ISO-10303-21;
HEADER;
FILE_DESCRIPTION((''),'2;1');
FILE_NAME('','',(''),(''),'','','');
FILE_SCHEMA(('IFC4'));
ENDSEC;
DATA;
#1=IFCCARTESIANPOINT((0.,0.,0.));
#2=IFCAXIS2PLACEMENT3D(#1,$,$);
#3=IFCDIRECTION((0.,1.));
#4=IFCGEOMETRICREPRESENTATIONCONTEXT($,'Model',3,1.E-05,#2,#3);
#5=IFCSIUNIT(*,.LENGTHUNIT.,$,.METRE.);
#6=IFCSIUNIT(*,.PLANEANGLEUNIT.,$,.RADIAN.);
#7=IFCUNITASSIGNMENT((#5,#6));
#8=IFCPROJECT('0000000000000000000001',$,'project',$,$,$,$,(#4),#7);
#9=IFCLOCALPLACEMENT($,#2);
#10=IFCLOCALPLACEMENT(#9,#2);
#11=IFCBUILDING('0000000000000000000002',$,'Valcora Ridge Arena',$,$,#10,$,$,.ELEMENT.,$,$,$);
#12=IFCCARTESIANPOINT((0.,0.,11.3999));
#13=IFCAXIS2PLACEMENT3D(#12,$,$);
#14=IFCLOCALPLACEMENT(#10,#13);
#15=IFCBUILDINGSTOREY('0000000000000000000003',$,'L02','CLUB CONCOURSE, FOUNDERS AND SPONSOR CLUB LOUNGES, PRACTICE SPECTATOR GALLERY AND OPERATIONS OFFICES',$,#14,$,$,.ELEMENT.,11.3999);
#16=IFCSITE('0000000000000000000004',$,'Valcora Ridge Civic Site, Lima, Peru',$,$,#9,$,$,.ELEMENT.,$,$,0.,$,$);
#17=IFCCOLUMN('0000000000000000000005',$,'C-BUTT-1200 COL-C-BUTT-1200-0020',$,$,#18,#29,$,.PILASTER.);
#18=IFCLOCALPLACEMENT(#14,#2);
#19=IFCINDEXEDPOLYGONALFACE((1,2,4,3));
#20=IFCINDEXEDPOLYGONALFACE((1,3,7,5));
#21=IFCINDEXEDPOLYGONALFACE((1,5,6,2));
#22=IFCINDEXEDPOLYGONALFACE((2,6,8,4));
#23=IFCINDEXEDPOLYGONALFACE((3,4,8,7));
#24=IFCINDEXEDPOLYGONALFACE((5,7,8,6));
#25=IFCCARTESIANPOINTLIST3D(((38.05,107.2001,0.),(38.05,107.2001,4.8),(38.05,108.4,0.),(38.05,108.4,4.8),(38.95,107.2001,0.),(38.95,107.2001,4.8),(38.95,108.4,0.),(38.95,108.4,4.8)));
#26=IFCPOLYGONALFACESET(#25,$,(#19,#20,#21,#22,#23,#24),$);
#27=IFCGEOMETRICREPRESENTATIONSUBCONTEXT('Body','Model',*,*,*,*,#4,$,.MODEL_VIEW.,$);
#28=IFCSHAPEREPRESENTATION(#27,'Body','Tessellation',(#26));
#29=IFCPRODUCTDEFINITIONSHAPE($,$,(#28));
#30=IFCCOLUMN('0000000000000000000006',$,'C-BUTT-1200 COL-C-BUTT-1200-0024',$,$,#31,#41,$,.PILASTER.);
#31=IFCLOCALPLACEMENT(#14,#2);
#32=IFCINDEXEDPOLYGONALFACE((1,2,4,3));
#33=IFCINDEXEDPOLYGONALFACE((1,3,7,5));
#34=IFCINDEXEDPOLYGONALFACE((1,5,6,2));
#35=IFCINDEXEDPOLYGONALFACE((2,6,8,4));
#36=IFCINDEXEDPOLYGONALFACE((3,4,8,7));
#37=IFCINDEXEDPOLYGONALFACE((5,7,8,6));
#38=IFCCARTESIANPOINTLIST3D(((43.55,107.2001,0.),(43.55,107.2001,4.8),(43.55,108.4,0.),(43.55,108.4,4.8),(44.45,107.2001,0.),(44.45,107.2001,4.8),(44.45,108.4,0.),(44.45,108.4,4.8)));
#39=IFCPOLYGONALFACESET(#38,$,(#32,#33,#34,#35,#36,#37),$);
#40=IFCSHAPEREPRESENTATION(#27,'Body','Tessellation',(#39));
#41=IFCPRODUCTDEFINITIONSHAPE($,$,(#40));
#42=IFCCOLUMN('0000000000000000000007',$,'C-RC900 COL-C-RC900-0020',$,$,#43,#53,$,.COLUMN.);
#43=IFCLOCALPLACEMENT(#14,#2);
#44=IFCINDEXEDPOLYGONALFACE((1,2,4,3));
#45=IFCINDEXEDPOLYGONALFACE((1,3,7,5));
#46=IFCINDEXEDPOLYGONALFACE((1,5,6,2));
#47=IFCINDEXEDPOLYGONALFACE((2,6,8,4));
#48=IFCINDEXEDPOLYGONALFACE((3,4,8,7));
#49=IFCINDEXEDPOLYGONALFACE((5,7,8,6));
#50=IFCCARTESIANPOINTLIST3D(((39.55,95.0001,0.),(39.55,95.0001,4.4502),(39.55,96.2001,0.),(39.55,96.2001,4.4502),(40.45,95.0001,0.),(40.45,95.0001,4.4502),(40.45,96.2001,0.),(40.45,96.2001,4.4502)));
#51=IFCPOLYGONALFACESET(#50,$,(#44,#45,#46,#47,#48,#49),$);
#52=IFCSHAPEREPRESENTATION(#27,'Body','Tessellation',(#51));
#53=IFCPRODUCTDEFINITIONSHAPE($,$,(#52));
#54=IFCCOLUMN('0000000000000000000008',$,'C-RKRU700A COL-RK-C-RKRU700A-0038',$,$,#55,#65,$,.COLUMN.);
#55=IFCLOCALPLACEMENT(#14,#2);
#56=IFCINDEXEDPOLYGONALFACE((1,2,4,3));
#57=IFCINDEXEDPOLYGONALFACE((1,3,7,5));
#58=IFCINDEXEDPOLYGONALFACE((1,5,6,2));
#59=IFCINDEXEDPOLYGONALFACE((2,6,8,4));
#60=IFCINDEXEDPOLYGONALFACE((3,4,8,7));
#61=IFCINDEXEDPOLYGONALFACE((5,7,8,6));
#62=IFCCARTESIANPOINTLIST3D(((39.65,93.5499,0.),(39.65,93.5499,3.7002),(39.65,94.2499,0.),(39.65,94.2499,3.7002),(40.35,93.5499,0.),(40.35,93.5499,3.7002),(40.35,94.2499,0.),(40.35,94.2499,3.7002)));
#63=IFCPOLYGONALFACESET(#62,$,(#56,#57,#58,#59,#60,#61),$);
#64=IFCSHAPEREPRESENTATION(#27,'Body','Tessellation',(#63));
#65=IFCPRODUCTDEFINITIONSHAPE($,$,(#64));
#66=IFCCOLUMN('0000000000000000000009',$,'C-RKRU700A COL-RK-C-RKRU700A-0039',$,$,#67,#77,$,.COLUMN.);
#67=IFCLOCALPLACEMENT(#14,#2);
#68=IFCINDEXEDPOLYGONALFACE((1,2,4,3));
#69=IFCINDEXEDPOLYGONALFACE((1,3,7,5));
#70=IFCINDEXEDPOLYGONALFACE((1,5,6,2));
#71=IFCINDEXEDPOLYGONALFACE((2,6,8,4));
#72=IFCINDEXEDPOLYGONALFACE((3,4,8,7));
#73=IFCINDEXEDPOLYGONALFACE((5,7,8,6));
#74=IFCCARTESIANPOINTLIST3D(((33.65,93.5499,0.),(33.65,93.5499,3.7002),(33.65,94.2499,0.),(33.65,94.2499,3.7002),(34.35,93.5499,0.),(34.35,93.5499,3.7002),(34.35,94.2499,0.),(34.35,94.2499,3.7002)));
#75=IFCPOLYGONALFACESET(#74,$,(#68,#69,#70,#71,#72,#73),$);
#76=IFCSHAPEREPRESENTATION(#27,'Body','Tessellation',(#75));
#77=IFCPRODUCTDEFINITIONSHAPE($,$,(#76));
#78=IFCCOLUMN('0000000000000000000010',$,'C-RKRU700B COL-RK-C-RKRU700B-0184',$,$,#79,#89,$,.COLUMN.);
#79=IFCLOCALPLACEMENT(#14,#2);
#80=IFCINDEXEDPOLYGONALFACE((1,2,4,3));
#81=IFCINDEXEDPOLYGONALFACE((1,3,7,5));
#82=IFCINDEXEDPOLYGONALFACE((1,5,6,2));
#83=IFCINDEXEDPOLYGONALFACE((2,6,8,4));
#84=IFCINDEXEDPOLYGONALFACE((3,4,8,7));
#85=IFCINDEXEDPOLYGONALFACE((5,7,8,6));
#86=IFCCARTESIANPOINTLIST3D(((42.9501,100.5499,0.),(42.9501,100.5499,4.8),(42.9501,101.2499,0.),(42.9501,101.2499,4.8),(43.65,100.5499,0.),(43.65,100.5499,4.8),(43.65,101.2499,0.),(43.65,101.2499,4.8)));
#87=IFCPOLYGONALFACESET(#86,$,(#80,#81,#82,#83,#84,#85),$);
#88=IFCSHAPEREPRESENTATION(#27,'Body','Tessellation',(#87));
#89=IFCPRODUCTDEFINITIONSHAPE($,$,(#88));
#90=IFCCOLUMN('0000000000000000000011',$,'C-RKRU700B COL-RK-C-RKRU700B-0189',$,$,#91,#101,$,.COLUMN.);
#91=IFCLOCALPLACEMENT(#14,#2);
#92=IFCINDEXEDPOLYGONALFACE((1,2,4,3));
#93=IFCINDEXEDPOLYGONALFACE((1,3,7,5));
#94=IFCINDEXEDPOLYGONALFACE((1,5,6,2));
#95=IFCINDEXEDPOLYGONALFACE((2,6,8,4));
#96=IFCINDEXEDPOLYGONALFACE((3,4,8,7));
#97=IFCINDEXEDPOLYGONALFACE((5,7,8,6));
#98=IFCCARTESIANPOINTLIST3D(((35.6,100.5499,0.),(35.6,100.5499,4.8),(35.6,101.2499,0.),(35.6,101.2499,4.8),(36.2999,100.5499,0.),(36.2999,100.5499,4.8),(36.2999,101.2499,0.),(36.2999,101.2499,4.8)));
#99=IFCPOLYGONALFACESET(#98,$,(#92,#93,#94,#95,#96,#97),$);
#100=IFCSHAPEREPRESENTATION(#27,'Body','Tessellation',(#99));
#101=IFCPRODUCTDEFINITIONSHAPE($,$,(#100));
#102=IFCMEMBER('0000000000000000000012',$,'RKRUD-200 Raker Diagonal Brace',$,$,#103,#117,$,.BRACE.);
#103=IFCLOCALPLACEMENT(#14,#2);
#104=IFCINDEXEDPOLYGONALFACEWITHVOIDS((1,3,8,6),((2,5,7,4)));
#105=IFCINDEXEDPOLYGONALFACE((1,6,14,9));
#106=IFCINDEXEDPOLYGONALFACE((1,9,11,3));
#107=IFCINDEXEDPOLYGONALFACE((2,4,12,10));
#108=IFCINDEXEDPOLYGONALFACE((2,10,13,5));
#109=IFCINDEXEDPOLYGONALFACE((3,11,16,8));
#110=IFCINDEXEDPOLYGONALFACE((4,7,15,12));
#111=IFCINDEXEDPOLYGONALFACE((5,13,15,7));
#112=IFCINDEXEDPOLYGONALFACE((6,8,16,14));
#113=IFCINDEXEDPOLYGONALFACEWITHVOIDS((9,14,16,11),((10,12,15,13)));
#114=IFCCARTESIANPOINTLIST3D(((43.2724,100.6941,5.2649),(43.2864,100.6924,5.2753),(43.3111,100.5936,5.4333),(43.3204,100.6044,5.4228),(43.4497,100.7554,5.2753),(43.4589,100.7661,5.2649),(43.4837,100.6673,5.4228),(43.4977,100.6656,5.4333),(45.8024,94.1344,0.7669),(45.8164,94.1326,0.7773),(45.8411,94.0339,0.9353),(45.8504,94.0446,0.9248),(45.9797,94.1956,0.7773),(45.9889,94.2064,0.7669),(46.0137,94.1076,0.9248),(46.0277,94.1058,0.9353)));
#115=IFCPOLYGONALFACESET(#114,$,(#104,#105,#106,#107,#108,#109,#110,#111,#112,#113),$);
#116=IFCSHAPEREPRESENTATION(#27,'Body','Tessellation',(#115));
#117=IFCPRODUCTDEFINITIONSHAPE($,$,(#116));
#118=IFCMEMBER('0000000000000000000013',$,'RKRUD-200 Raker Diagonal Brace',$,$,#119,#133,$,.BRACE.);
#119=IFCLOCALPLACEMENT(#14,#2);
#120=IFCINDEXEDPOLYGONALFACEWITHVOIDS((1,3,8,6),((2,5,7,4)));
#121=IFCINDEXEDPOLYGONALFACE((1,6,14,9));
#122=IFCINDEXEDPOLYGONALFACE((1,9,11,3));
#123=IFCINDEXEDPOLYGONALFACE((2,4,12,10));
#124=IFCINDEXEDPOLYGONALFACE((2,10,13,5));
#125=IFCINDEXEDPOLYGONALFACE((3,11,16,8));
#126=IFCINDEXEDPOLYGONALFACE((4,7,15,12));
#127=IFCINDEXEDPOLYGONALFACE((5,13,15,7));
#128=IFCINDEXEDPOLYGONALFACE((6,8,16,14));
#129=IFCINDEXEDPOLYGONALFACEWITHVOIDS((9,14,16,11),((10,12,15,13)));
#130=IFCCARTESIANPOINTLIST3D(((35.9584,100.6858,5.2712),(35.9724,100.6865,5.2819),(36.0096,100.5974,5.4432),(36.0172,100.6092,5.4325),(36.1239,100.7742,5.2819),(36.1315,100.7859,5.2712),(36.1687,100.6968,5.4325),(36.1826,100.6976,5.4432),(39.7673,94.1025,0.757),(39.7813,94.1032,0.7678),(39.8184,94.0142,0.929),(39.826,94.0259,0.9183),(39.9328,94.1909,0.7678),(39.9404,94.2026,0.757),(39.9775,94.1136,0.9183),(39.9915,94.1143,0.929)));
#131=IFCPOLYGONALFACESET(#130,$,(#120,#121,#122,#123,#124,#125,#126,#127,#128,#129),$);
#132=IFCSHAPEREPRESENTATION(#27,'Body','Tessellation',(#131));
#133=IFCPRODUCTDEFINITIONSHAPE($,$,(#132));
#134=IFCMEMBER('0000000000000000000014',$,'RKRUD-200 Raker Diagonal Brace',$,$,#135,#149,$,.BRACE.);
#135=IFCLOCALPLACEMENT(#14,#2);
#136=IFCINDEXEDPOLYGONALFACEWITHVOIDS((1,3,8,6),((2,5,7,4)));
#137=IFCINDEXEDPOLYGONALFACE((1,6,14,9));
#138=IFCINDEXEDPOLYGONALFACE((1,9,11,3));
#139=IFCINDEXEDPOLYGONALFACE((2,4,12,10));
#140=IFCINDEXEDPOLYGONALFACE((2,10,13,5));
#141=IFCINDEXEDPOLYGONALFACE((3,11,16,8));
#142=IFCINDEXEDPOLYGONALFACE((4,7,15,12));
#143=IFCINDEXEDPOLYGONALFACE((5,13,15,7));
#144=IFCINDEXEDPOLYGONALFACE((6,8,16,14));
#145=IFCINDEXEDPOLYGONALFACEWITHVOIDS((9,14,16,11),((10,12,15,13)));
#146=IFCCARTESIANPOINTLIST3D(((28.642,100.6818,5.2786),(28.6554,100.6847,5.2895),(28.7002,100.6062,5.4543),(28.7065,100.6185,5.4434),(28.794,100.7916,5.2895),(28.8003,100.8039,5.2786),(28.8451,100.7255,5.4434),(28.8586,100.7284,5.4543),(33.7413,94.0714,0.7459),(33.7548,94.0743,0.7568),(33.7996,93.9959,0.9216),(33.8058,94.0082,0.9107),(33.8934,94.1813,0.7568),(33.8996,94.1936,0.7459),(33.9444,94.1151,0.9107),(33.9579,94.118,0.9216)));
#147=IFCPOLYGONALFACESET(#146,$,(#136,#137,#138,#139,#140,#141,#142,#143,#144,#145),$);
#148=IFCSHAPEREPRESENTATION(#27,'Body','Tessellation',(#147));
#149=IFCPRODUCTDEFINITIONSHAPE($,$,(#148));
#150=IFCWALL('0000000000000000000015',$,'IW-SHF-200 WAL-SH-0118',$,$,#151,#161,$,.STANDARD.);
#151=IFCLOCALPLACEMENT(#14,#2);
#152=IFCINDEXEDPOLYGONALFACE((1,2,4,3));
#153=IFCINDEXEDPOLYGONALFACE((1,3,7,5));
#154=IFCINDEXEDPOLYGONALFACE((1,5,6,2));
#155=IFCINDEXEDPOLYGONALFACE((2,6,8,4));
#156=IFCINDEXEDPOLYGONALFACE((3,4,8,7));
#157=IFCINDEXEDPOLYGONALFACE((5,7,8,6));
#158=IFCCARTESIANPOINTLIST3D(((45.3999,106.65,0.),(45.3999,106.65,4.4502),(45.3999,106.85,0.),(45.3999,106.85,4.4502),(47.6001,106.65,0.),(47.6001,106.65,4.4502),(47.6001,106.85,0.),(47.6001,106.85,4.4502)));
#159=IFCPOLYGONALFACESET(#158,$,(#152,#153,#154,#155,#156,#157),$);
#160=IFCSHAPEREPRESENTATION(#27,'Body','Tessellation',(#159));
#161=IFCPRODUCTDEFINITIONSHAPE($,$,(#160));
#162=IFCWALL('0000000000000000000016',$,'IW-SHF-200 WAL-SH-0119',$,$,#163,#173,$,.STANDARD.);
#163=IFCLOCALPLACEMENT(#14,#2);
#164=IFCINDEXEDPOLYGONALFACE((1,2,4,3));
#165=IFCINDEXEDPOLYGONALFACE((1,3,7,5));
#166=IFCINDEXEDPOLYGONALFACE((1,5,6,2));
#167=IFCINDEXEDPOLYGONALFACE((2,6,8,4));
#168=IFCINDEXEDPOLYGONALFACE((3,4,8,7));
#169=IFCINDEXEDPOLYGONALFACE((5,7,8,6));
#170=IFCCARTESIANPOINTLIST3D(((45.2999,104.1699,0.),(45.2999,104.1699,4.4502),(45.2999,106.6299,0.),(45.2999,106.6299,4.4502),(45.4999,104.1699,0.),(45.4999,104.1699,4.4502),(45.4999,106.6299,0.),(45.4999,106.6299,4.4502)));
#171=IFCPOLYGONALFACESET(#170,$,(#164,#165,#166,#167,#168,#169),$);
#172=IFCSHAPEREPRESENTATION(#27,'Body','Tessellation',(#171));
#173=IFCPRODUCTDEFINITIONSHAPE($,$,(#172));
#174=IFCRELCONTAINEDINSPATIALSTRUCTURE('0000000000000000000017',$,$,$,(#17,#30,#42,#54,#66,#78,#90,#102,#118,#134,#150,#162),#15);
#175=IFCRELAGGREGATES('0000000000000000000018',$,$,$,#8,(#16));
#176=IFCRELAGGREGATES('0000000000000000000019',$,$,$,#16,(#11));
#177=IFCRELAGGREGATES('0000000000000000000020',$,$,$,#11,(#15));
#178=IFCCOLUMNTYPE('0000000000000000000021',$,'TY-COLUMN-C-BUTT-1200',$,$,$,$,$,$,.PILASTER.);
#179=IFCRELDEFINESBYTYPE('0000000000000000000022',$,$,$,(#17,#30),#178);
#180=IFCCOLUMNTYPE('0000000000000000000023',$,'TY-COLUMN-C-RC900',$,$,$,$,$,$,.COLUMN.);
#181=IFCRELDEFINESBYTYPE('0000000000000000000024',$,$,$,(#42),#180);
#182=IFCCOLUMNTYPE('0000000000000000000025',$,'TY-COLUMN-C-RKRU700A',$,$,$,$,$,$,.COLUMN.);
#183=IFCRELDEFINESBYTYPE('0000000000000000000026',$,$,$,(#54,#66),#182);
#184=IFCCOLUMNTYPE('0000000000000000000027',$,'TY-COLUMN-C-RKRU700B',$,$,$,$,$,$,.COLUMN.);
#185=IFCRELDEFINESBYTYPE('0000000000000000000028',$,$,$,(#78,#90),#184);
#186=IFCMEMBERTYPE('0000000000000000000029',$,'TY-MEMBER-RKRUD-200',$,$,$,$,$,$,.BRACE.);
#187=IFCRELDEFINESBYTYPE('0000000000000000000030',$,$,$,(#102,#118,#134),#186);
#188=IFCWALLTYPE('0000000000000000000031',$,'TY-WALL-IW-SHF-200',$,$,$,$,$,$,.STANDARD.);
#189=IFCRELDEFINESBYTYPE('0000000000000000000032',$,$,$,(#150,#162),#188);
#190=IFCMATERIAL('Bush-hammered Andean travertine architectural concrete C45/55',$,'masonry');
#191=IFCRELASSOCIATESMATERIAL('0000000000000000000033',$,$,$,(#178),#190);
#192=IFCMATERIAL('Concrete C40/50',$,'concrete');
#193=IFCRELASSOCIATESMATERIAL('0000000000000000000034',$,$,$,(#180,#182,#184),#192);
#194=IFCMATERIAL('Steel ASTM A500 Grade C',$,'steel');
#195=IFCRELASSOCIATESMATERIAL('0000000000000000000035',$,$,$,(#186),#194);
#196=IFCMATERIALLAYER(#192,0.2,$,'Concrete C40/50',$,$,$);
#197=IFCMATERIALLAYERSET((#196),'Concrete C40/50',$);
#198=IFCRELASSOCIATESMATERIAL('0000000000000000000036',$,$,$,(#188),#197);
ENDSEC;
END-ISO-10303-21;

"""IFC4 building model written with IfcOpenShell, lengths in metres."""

from ifc_helpers import new_model, si_unit, direction, frame, frame_2d, origin, origin_2d, place, context, subcontext, project, spatial, rectangle, hollow_rectangle, extrude, material, layer, layer_set, material_profile, profile_set, type_object, element, save


model = new_model("IFC4")

# Units and contexts
model_context = context("Model", 3, precision=1e-05, world=origin(), true_north=direction((0.0, 1.0)))
body_context = subcontext(model_context, "Body", "Model", "MODEL_VIEW")
ifc_project = project(units=[si_unit("LENGTHUNIT", "METRE"), si_unit("PLANEANGLEUNIT", "RADIAN")], contexts=[model_context])

# Site, building, storey
site_placement = place(None, origin())
site = spatial("IfcSite", under=ifc_project, at=site_placement, Name="Valcora Ridge Civic Site, Lima, Peru", CompositionType="ELEMENT", RefElevation=0.0)
building_placement = place(site_placement, origin())
building = spatial("IfcBuilding", under=site, at=building_placement, Name="Valcora Ridge Arena", CompositionType="ELEMENT")
storey_placement = place(building_placement, frame((0.0, 0.0, 11.3999)))
storey = spatial("IfcBuildingStorey", under=building, at=storey_placement, Name="L02", Description="CLUB CONCOURSE, FOUNDERS AND SPONSOR CLUB LOUNGES, PRACTICE SPECTATOR GALLERY AND OPERATIONS OFFICES", CompositionType="ELEMENT", Elevation=11.3999)

# Columns
ifc_material_1 = material(Name="Bush-hammered Andean travertine architectural concrete C45/55", Category="masonry")
ifc_material_profile_1 = material_profile(ifc_material_1, rectangle(XDim=0.8999, YDim=1.2, at=origin_2d()), Name="RC 900x1200")
ifc_profile_set_1 = profile_set([ifc_material_profile_1], Name="Bush-hammered Andean travertine architectural concrete C45/55")
column_type_1 = type_object("IfcColumnType", Name="TY-COLUMN-C-BUTT-1200", PredefinedType="PILASTER", material=ifc_profile_set_1)
for number, where, z_axis, x_axis, name in (
    (1, (38.5, 107.8, 0.0), (0.0, 0.0, 1.0), (1.0, 0.0, 0.0), "C-BUTT-1200 COL-C-BUTT-1200-0020"),
    (2, (44.0, 107.8, 0.0), (0.0, 0.0, 1.0), (1.0, 0.0, 0.0), "C-BUTT-1200 COL-C-BUTT-1200-0024"),
):
    element("IfcColumn", number, at=place(storey_placement, frame(where, z_axis=z_axis, x_axis=x_axis)), inside=storey, type_object=column_type_1, Name=name, PredefinedType="PILASTER", context=body_context, shape_type="SweptSolid", body=[
        extrude(rectangle(XDim=0.8999, YDim=1.2, at=origin_2d()), origin(), (0.0, 0.0, 1.0), 4.8),
    ])
ifc_material_2 = material(Name="Concrete C40/50", Category="concrete")
ifc_material_profile_2 = material_profile(ifc_material_2, rectangle(XDim=0.8999, YDim=1.2, at=origin_2d()), Name="RC 900x1200")
ifc_profile_set_2 = profile_set([ifc_material_profile_2], Name="Concrete C40/50")
column_type_2 = type_object("IfcColumnType", Name="TY-COLUMN-C-RC900", PredefinedType="COLUMN", material=ifc_profile_set_2)
column_placement = place(storey_placement, frame((40.0, 95.6001, 0.0), z_axis=(0.0, 0.0, 1.0), x_axis=(1.0, 0.0, 0.0)))
element("IfcColumn", 3, at=column_placement, inside=storey, type_object=column_type_2, Name="C-RC900 COL-C-RC900-0020", PredefinedType="COLUMN", context=body_context, shape_type="SweptSolid", body=[
    extrude(rectangle(XDim=0.8999, YDim=1.2, at=origin_2d()), origin(), (0.0, 0.0, 1.0), 4.4502),
])
ifc_material_profile_3 = material_profile(ifc_material_2, rectangle(XDim=0.7, YDim=0.7, at=origin_2d()), Name="RC 700x700")
ifc_profile_set_3 = profile_set([ifc_material_profile_3], Name="Concrete C40/50")
column_type_3 = type_object("IfcColumnType", Name="TY-COLUMN-C-RKRU700A", PredefinedType="COLUMN", material=ifc_profile_set_3)
for number, where, z_axis, x_axis, name in (
    (4, (40.0, 93.8999, 0.0), (0.0, 0.0, 1.0), (1.0, 0.0, 0.0), "C-RKRU700A COL-RK-C-RKRU700A-0038"),
    (5, (34.0, 93.8999, 0.0), (0.0, 0.0, 1.0), (1.0, 0.0, 0.0), "C-RKRU700A COL-RK-C-RKRU700A-0039"),
):
    element("IfcColumn", number, at=place(storey_placement, frame(where, z_axis=z_axis, x_axis=x_axis)), inside=storey, type_object=column_type_3, Name=name, PredefinedType="COLUMN", context=body_context, shape_type="SweptSolid", body=[
        extrude(rectangle(XDim=0.7, YDim=0.7, at=origin_2d()), origin(), (0.0, 0.0, 1.0), 3.7002),
    ])
ifc_material_profile_4 = material_profile(ifc_material_2, rectangle(XDim=0.7, YDim=0.7, at=origin_2d()), Name="RC 700x700")
ifc_profile_set_4 = profile_set([ifc_material_profile_4], Name="Concrete C40/50")
column_type_4 = type_object("IfcColumnType", Name="TY-COLUMN-C-RKRU700B", PredefinedType="COLUMN", material=ifc_profile_set_4)
for number, where, z_axis, x_axis, name in (
    (6, (43.3, 100.8999, 0.0), (0.0, 0.0, 1.0), (1.0, 0.0, 0.0), "C-RKRU700B COL-RK-C-RKRU700B-0184"),
    (7, (35.95, 100.8999, 0.0), (0.0, 0.0, 1.0), (1.0, 0.0, 0.0), "C-RKRU700B COL-RK-C-RKRU700B-0189"),
):
    element("IfcColumn", number, at=place(storey_placement, frame(where, z_axis=z_axis, x_axis=x_axis)), inside=storey, type_object=column_type_4, Name=name, PredefinedType="COLUMN", context=body_context, shape_type="SweptSolid", body=[
        extrude(rectangle(XDim=0.7, YDim=0.7, at=origin_2d()), origin(), (0.0, 0.0, 1.0), 4.8),
    ])

# Members
ifc_material_3 = material(Name="Steel ASTM A500 Grade C", Category="steel")
ifc_material_profile_5 = material_profile(ifc_material_3, hollow_rectangle(XDim=0.2, YDim=0.2, WallThickness=0.0125, at=origin_2d()), Name="HSS200X200X12")
ifc_profile_set_5 = profile_set([ifc_material_profile_5], Name="Steel ASTM A500 Grade C")
member_type = type_object("IfcMemberType", Name="TY-MEMBER-RKRUD-200", PredefinedType="BRACE", material=ifc_profile_set_5)
member_1_placement = place(storey_placement, frame((45.915, 94.1201, 0.8511), z_axis=(-0.303123, 0.785933, 0.538912), x_axis=(-0.93301, -0.359849, 0.0)))
element("IfcMember", 8, at=member_1_placement, inside=storey, type_object=member_type, Name="RKRUD-200 Raker Diagonal Brace", PredefinedType="BRACE", context=body_context, shape_type="SweptSolid", body=[
    extrude(hollow_rectangle(XDim=0.2, YDim=0.2, WallThickness=0.0125, at=origin_2d()), origin(), (0.0, 0.0, 1.0), 8.3464),
])
member_2_placement = place(storey_placement, frame((39.8794, 94.1084, 0.843), z_axis=(-0.430648, 0.744338, 0.510395), x_axis=(-0.86557, -0.500788, 0.0)))
element("IfcMember", 9, at=member_2_placement, inside=storey, type_object=member_type, Name="RKRUD-200 Raker Diagonal Brace", PredefinedType="BRACE", context=body_context, shape_type="SweptSolid", body=[
    extrude(hollow_rectangle(XDim=0.2, YDim=0.2, WallThickness=0.0125, at=origin_2d()), origin(), (0.0, 0.0, 1.0), 8.8445),
])
member_3_placement = place(storey_placement, frame((33.8496, 94.0947, 0.8337), z_axis=(-0.536788, 0.695843, 0.477139), x_axis=(-0.791785, -0.6108, 0.0)))
element("IfcMember", 10, at=member_3_placement, inside=storey, type_object=member_type, Name="RKRUD-200 Raker Diagonal Brace", PredefinedType="BRACE", context=body_context, shape_type="SweptSolid", body=[
    extrude(hollow_rectangle(XDim=0.2, YDim=0.2, WallThickness=0.0125, at=origin_2d()), origin(), (0.0, 0.0, 1.0), 9.4998),
])

# Shared definitions
ifc_layer_1 = layer(ifc_material_2, 0.2, Name="Concrete C40/50")
ifc_layer_set_1 = layer_set([ifc_layer_1], Name="Concrete C40/50")
wall_type_1 = type_object("IfcWallType", Name="TY-WALL-IW-SHF-200", PredefinedType="STANDARD", material=ifc_layer_set_1)

# Walls
wall_1_placement = place(storey_placement, frame((45.3999, 106.75, 0.0), z_axis=(0.0, 0.0, 1.0), x_axis=(1.0, 0.0, 0.0)))
element("IfcWall", 11, at=wall_1_placement, inside=storey, type_object=wall_type_1, Name="IW-SHF-200 WAL-SH-0118", PredefinedType="STANDARD", context=body_context, shape_type="SweptSolid", body=[
    extrude(rectangle(XDim=2.2002, YDim=0.2, at=frame_2d((1.1001, 0.0))), origin(), (0.0, 0.0, 1.0), 4.4502),
])
wall_2_placement = place(storey_placement, frame((45.3999, 104.1699, 0.0), z_axis=(0.0, 0.0, 1.0), x_axis=(0.0, 1.0, 0.0)))
element("IfcWall", 12, at=wall_2_placement, inside=storey, type_object=wall_type_1, Name="IW-SHF-200 WAL-SH-0119", PredefinedType="STANDARD", context=body_context, shape_type="SweptSolid", body=[
    extrude(rectangle(XDim=2.46, YDim=0.2, at=frame_2d((1.23, 0.0))), origin(), (0.0, 0.0, 1.0), 4.4502),
])

save(model, "model.ifc")
